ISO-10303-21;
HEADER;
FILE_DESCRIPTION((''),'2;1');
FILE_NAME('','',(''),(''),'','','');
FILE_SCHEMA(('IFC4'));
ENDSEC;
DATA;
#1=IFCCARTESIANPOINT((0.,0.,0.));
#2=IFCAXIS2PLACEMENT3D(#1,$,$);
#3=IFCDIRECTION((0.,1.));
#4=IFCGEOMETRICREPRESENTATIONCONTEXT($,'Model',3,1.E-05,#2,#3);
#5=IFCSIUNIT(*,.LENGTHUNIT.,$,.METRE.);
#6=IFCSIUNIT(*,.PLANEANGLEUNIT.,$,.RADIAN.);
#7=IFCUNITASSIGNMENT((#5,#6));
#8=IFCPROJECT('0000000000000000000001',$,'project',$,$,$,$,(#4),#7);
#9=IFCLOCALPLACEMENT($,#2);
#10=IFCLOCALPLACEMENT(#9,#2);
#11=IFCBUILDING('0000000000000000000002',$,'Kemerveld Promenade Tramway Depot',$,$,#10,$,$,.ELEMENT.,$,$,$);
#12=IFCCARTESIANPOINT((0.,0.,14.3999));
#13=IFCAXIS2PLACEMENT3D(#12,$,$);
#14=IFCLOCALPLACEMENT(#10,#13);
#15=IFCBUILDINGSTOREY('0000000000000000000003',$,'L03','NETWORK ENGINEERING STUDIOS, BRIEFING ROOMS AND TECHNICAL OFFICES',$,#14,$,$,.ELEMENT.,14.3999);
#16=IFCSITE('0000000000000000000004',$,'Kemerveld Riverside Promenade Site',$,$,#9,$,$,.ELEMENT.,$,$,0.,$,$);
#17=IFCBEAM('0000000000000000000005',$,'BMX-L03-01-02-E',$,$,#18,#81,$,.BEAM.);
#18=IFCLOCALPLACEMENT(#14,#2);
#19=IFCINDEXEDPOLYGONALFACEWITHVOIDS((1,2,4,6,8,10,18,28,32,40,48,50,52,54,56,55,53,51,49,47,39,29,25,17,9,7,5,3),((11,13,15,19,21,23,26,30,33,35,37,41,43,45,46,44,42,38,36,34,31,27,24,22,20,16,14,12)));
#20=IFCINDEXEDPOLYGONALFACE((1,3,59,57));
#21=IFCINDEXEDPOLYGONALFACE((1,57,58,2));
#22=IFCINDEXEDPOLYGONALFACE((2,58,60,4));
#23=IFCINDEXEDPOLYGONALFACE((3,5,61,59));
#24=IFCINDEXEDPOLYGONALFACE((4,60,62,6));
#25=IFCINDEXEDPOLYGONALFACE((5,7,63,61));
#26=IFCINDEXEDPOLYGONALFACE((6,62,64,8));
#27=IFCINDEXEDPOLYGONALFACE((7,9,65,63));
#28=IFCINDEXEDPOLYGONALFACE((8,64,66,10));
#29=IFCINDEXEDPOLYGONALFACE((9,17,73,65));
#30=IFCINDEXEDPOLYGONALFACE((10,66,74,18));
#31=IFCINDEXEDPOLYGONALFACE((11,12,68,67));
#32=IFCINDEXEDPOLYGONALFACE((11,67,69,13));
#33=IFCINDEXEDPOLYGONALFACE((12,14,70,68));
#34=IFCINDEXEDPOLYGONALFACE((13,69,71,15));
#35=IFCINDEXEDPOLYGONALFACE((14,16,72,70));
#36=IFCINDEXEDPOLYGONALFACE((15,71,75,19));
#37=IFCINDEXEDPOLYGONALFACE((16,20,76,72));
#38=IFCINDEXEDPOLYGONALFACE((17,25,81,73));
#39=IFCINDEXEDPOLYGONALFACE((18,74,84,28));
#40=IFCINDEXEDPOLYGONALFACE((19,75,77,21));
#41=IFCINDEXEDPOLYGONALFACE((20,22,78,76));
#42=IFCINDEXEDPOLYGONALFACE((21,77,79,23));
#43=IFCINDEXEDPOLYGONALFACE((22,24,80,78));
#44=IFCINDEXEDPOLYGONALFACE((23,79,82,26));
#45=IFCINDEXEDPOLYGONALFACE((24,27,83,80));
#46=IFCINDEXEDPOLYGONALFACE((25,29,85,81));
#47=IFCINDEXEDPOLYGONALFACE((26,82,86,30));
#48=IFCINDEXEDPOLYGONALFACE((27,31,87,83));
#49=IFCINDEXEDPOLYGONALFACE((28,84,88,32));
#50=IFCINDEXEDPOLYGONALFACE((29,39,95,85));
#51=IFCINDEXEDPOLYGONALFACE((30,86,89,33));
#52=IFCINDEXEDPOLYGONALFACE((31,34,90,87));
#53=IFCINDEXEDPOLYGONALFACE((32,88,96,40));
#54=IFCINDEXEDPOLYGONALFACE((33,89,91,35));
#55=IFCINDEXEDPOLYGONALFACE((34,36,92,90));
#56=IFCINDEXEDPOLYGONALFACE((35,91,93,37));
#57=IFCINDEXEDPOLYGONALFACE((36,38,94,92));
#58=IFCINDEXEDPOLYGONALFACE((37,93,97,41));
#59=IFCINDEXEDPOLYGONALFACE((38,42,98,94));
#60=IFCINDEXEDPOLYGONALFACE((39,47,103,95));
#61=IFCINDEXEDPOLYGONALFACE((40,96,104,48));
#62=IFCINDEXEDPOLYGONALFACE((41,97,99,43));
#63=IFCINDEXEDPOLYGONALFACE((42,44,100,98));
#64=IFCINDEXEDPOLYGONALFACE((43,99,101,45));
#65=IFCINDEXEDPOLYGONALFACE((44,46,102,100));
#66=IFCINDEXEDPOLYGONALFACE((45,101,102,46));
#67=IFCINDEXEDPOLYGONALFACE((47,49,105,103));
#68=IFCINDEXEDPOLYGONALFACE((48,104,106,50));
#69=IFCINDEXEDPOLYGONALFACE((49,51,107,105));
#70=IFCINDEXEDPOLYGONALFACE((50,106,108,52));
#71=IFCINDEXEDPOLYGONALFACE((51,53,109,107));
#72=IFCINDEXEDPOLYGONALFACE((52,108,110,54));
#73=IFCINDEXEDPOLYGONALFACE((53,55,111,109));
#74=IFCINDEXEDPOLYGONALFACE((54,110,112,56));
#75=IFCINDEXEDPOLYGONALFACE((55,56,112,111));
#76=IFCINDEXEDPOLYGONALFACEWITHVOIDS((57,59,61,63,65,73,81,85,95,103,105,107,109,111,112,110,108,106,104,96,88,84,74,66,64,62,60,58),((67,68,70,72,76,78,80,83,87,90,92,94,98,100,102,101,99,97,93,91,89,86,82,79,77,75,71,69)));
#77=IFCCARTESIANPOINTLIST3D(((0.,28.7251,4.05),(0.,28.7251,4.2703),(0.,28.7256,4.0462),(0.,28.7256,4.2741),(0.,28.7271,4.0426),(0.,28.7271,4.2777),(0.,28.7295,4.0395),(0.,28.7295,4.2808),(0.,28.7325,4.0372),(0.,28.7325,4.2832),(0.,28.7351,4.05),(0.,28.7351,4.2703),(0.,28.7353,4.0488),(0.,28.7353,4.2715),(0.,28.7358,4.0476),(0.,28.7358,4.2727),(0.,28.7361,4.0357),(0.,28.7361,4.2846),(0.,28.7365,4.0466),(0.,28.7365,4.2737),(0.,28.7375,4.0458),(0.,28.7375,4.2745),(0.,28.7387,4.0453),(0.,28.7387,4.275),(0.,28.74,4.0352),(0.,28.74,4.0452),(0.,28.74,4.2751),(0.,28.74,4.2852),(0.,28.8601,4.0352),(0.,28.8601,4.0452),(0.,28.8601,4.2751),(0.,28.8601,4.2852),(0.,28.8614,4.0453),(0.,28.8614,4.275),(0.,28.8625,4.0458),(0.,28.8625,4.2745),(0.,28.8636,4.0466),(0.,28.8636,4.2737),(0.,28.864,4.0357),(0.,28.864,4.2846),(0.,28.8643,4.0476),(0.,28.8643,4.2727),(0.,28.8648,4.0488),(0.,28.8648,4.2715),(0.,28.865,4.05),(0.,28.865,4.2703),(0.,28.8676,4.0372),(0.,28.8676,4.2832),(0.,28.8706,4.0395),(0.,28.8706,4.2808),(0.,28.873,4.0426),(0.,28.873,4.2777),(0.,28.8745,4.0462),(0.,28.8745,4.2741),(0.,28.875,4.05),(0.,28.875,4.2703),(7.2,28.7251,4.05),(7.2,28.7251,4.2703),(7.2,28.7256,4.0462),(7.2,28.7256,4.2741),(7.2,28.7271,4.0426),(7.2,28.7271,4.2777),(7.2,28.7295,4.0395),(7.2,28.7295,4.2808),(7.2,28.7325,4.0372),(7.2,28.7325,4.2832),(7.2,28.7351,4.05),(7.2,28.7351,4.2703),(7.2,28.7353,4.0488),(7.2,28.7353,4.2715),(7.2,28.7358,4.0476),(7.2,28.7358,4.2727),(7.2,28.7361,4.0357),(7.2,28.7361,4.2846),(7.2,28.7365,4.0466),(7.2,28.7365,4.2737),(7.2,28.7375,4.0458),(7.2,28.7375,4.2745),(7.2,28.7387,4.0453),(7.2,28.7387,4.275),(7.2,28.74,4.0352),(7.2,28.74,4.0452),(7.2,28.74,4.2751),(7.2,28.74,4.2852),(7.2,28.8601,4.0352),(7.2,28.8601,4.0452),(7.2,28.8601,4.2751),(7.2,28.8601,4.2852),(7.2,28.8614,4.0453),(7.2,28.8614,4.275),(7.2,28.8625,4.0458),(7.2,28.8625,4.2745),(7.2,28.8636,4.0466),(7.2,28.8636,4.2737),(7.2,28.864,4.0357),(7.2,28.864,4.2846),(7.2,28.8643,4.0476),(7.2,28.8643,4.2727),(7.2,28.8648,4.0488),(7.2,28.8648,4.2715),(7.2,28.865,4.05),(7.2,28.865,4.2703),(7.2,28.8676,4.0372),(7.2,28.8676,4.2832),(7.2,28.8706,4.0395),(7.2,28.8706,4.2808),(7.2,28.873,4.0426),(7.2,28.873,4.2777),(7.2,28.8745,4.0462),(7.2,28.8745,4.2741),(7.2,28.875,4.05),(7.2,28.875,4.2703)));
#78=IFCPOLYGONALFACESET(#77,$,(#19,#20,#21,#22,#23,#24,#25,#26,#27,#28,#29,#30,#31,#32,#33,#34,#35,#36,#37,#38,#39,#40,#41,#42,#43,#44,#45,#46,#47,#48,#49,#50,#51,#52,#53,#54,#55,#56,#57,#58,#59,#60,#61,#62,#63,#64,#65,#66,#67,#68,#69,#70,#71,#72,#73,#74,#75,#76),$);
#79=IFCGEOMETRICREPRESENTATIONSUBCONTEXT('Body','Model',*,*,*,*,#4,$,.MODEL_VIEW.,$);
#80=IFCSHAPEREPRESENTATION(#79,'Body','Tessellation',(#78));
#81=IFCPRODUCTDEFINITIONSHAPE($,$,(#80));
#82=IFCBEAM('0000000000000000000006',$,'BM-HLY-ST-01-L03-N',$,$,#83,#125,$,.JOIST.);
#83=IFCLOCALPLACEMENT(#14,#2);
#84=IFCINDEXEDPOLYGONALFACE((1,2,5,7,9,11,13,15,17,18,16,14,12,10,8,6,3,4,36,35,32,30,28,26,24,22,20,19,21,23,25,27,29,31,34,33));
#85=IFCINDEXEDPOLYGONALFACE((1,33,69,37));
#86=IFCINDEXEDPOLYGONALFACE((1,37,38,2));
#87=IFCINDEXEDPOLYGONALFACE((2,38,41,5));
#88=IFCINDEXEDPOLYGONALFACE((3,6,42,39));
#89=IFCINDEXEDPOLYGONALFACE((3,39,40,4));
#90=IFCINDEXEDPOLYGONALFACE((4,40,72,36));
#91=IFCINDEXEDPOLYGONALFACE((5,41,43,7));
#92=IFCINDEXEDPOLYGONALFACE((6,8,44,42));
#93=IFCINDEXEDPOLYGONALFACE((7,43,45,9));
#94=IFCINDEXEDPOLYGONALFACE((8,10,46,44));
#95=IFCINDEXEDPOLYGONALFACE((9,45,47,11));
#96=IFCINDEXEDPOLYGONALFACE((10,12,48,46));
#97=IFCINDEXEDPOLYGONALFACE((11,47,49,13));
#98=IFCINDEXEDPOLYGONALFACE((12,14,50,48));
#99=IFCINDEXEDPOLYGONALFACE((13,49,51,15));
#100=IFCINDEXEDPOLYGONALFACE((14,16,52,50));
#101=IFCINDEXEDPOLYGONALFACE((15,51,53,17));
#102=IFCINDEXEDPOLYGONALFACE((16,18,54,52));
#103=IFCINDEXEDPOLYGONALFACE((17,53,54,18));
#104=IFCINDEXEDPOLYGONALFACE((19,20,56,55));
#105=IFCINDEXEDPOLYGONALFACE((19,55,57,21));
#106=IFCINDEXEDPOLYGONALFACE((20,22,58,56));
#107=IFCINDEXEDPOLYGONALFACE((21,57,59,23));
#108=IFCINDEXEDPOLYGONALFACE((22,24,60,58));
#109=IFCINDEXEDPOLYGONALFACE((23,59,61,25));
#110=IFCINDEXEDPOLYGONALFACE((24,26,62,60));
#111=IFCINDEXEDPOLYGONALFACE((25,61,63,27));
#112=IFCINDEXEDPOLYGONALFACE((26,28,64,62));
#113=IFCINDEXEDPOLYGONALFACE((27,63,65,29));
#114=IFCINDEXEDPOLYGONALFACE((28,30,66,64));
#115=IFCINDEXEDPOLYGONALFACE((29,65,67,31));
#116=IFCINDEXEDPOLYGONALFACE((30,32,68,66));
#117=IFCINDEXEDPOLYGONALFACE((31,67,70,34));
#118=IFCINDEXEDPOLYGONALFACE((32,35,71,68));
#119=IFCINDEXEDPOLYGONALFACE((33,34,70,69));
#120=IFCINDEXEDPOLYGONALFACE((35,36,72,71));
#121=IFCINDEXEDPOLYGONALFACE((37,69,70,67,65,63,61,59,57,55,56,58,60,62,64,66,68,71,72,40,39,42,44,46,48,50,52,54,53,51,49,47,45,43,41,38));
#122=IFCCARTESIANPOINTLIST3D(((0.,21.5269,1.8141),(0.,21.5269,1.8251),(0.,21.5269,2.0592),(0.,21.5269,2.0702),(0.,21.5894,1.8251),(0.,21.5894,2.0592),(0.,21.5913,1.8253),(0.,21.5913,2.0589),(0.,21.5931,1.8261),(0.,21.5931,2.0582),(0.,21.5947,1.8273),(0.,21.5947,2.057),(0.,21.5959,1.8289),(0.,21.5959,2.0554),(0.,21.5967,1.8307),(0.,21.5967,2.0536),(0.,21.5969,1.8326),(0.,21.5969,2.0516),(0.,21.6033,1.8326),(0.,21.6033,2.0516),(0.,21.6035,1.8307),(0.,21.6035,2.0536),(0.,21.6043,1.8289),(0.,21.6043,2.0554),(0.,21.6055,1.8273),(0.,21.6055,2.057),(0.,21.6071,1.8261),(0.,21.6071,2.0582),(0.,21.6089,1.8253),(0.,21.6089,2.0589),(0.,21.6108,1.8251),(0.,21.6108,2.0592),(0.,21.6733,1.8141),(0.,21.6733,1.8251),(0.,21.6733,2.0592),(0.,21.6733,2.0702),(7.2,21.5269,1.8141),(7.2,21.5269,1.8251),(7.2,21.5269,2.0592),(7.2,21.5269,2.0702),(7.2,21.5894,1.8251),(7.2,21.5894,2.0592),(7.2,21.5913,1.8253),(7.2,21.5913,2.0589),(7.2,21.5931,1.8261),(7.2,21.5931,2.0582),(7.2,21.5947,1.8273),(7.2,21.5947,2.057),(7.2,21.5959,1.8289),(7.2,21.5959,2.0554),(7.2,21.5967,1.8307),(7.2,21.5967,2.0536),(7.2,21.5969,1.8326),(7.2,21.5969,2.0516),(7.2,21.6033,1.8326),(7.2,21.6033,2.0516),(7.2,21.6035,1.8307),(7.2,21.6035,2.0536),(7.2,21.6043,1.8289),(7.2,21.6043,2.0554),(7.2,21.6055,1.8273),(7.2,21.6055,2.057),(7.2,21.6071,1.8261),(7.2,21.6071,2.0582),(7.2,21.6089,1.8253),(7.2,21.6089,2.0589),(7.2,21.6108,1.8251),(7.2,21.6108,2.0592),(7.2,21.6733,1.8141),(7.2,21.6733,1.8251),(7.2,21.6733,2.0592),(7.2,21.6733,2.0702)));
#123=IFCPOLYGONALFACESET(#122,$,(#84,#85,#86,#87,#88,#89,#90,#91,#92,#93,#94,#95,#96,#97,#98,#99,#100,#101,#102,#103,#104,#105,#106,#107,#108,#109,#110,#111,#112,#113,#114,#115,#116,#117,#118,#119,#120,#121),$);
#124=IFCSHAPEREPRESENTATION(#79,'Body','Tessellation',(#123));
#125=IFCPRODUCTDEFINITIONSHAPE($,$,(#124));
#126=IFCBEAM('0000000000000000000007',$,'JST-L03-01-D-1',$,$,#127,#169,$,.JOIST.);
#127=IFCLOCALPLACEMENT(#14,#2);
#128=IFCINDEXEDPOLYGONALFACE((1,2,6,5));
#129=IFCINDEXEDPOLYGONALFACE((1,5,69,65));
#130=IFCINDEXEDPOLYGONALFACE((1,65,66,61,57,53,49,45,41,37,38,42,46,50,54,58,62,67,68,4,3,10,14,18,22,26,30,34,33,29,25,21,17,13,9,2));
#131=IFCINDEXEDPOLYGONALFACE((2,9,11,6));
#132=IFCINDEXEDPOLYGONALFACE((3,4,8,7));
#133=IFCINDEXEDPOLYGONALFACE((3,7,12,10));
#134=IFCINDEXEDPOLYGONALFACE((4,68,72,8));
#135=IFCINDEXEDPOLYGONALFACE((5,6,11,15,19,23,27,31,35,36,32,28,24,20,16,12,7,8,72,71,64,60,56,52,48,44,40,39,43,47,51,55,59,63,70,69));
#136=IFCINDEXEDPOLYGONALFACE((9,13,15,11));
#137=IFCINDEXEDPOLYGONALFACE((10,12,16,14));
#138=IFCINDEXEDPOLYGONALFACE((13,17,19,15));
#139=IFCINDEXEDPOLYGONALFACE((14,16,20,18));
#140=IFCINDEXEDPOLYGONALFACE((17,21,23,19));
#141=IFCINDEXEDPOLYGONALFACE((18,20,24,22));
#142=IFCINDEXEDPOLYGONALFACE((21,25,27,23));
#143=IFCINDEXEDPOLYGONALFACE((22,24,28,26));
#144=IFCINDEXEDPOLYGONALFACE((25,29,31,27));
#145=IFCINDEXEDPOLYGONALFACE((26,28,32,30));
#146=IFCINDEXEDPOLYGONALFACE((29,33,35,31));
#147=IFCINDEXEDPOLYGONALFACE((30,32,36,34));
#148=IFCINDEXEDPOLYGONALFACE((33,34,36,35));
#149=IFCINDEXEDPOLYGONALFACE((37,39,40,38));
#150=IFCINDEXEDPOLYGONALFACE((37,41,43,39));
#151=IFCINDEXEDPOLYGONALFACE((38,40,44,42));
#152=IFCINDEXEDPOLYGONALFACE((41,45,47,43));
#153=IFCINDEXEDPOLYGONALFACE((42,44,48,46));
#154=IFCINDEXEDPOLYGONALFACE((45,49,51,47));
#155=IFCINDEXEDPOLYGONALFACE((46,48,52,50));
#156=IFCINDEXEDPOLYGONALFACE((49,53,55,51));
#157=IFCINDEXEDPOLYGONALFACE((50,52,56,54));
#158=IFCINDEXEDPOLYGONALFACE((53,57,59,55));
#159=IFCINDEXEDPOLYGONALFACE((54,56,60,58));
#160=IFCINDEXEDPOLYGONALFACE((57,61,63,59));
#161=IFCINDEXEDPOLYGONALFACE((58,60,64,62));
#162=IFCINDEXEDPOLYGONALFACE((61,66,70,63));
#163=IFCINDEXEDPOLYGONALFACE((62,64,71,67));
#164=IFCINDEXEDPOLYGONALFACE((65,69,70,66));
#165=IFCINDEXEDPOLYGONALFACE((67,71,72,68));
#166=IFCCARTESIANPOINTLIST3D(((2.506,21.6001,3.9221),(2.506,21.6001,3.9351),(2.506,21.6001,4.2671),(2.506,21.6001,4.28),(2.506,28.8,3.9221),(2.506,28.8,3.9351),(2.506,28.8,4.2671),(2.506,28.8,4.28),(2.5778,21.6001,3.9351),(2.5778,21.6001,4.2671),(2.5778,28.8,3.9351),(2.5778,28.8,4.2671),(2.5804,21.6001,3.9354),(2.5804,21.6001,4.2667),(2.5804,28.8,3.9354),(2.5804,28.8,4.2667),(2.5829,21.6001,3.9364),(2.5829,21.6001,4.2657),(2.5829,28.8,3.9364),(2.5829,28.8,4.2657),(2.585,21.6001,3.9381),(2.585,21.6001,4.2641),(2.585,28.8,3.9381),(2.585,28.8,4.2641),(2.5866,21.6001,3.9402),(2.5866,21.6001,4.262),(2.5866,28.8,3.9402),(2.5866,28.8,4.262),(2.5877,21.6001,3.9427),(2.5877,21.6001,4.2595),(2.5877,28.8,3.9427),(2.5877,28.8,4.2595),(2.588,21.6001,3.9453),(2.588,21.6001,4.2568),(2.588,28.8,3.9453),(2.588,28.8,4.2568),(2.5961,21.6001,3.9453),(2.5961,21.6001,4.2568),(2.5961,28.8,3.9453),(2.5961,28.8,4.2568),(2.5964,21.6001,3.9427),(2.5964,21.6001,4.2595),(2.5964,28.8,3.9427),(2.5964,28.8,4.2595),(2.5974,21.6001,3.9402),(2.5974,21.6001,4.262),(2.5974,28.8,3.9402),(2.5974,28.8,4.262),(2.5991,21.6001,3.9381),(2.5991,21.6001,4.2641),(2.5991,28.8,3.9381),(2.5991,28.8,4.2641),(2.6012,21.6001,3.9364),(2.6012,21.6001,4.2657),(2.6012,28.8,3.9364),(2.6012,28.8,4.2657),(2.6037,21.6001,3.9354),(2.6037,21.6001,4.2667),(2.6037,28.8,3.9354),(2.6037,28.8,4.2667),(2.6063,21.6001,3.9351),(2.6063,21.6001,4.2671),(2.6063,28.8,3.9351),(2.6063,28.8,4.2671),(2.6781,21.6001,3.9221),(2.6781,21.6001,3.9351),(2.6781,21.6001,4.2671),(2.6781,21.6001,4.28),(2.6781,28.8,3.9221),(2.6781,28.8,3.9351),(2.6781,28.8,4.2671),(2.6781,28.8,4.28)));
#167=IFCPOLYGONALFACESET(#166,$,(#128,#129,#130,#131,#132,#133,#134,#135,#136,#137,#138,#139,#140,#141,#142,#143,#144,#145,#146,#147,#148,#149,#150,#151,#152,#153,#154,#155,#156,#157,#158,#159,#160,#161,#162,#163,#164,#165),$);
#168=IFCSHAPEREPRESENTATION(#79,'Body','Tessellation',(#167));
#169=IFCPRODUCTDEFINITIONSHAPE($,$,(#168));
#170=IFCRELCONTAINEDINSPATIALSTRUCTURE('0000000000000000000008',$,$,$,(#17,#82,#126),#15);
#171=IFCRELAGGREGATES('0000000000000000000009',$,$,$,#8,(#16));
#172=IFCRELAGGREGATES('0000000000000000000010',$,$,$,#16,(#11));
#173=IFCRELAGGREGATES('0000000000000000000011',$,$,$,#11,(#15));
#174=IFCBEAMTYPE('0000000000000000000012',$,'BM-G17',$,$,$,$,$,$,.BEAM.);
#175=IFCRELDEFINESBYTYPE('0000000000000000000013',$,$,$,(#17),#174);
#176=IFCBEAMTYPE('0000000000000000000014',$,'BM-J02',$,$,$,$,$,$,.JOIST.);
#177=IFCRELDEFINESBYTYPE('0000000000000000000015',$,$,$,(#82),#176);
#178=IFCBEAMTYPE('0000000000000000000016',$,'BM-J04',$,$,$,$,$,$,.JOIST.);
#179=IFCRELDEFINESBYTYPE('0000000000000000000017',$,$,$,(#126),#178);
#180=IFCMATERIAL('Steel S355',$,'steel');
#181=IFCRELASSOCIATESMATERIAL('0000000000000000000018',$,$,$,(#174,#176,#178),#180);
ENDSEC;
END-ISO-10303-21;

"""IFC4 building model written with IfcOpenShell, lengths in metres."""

from ifc_helpers import new_model, si_unit, direction, frame, origin, origin_2d, place, context, subcontext, project, spatial, hollow_rectangle, i_section, extrude, material, material_profile, profile_set, type_object, element, save


model = new_model("IFC4")

# Units and contexts
model_context = context("Model", 3, precision=1e-05, world=origin(), true_north=direction((0.0, 1.0)))
body_context = subcontext(model_context, "Body", "Model", "MODEL_VIEW")
ifc_project = project(units=[si_unit("LENGTHUNIT", "METRE"), si_unit("PLANEANGLEUNIT", "RADIAN")], contexts=[model_context])

# Site, building, storey
site_placement = place(None, origin())
site = spatial("IfcSite", under=ifc_project, at=site_placement, Name="Kemerveld Riverside Promenade Site", CompositionType="ELEMENT", RefElevation=0.0)
building_placement = place(site_placement, origin())
building = spatial("IfcBuilding", under=site, at=building_placement, Name="Kemerveld Promenade Tramway Depot", CompositionType="ELEMENT")
storey_placement = place(building_placement, frame((0.0, 0.0, 14.3999)))
storey = spatial("IfcBuildingStorey", under=building, at=storey_placement, Name="L03", Description="NETWORK ENGINEERING STUDIOS, BRIEFING ROOMS AND TECHNICAL OFFICES", CompositionType="ELEMENT", Elevation=14.3999)

# Shared definitions
ifc_material_1 = material(Name="Steel S355", Category="steel")

# Beams
ifc_material_profile_1 = material_profile(ifc_material_1, hollow_rectangle(XDim=0.1499, YDim=0.25, WallThickness=0.01, InnerFilletRadius=0.0049, OuterFilletRadius=0.0149, at=origin_2d()), Name="250x150x10.0 RHS")
ifc_profile_set_1 = profile_set([ifc_material_profile_1], Name="Steel S355")
beam_type_1 = type_object("IfcBeamType", Name="BM-G17", PredefinedType="BEAM", material=ifc_profile_set_1)
beam_1_placement = place(storey_placement, frame((0.0, 28.8, 4.1602), z_axis=(1.0, 0.0, 0.0), x_axis=(0.0, 1.0, 0.0)))
element("IfcBeam", 1, at=beam_1_placement, inside=storey, type_object=beam_type_1, Name="BMX-L03-01-02-E", PredefinedType="BEAM", context=body_context, shape_type="SweptSolid", body=[
    extrude(hollow_rectangle(XDim=0.1499, YDim=0.25, WallThickness=0.01, InnerFilletRadius=0.0049, OuterFilletRadius=0.0149, at=origin_2d()), origin(), (0.0, 0.0, 1.0), 7.2),
])
ifc_material_profile_2 = material_profile(ifc_material_1, i_section(OverallWidth=0.1465, OverallDepth=0.2561, WebThickness=0.0063, FlangeThickness=0.011, FilletRadius=0.0076, at=origin_2d()), Name="254x146x37 UB")
ifc_profile_set_2 = profile_set([ifc_material_profile_2], Name="Steel S355")
beam_type_2 = type_object("IfcBeamType", Name="BM-J02", PredefinedType="JOIST", material=ifc_profile_set_2)
beam_2_placement = place(storey_placement, frame((0.0, 21.6001, 1.9421), z_axis=(1.0, 0.0, 0.0), x_axis=(0.0, 1.0, 0.0)))
element("IfcBeam", 2, at=beam_2_placement, inside=storey, type_object=beam_type_2, Name="BM-HLY-ST-01-L03-N", PredefinedType="JOIST", context=body_context, shape_type="SweptSolid", body=[
    extrude(i_section(OverallWidth=0.1465, OverallDepth=0.2561, WebThickness=0.0063, FlangeThickness=0.011, FilletRadius=0.0076, at=origin_2d()), origin(), (0.0, 0.0, 1.0), 7.2),
])
ifc_material_profile_3 = material_profile(ifc_material_1, i_section(OverallWidth=0.1721, OverallDepth=0.3579, WebThickness=0.0081, FlangeThickness=0.0129, FilletRadius=0.0103, at=origin_2d()), Name="356x171x57 UB")
ifc_profile_set_3 = profile_set([ifc_material_profile_3], Name="Steel S355")
beam_type_3 = type_object("IfcBeamType", Name="BM-J04", PredefinedType="JOIST", material=ifc_profile_set_3)
beam_3_placement = place(storey_placement, frame((2.592, 21.6001, 4.1011), z_axis=(0.0, 1.0, 0.0), x_axis=(-1.0, 0.0, 0.0)))
element("IfcBeam", 3, at=beam_3_placement, inside=storey, type_object=beam_type_3, Name="JST-L03-01-D-1", PredefinedType="JOIST", context=body_context, shape_type="SweptSolid", body=[
    extrude(i_section(OverallWidth=0.1721, OverallDepth=0.3579, WebThickness=0.0081, FlangeThickness=0.0129, FilletRadius=0.0103, at=origin_2d()), origin(), (0.0, 0.0, 1.0), 7.2),
])

save(model, "model.ifc")
